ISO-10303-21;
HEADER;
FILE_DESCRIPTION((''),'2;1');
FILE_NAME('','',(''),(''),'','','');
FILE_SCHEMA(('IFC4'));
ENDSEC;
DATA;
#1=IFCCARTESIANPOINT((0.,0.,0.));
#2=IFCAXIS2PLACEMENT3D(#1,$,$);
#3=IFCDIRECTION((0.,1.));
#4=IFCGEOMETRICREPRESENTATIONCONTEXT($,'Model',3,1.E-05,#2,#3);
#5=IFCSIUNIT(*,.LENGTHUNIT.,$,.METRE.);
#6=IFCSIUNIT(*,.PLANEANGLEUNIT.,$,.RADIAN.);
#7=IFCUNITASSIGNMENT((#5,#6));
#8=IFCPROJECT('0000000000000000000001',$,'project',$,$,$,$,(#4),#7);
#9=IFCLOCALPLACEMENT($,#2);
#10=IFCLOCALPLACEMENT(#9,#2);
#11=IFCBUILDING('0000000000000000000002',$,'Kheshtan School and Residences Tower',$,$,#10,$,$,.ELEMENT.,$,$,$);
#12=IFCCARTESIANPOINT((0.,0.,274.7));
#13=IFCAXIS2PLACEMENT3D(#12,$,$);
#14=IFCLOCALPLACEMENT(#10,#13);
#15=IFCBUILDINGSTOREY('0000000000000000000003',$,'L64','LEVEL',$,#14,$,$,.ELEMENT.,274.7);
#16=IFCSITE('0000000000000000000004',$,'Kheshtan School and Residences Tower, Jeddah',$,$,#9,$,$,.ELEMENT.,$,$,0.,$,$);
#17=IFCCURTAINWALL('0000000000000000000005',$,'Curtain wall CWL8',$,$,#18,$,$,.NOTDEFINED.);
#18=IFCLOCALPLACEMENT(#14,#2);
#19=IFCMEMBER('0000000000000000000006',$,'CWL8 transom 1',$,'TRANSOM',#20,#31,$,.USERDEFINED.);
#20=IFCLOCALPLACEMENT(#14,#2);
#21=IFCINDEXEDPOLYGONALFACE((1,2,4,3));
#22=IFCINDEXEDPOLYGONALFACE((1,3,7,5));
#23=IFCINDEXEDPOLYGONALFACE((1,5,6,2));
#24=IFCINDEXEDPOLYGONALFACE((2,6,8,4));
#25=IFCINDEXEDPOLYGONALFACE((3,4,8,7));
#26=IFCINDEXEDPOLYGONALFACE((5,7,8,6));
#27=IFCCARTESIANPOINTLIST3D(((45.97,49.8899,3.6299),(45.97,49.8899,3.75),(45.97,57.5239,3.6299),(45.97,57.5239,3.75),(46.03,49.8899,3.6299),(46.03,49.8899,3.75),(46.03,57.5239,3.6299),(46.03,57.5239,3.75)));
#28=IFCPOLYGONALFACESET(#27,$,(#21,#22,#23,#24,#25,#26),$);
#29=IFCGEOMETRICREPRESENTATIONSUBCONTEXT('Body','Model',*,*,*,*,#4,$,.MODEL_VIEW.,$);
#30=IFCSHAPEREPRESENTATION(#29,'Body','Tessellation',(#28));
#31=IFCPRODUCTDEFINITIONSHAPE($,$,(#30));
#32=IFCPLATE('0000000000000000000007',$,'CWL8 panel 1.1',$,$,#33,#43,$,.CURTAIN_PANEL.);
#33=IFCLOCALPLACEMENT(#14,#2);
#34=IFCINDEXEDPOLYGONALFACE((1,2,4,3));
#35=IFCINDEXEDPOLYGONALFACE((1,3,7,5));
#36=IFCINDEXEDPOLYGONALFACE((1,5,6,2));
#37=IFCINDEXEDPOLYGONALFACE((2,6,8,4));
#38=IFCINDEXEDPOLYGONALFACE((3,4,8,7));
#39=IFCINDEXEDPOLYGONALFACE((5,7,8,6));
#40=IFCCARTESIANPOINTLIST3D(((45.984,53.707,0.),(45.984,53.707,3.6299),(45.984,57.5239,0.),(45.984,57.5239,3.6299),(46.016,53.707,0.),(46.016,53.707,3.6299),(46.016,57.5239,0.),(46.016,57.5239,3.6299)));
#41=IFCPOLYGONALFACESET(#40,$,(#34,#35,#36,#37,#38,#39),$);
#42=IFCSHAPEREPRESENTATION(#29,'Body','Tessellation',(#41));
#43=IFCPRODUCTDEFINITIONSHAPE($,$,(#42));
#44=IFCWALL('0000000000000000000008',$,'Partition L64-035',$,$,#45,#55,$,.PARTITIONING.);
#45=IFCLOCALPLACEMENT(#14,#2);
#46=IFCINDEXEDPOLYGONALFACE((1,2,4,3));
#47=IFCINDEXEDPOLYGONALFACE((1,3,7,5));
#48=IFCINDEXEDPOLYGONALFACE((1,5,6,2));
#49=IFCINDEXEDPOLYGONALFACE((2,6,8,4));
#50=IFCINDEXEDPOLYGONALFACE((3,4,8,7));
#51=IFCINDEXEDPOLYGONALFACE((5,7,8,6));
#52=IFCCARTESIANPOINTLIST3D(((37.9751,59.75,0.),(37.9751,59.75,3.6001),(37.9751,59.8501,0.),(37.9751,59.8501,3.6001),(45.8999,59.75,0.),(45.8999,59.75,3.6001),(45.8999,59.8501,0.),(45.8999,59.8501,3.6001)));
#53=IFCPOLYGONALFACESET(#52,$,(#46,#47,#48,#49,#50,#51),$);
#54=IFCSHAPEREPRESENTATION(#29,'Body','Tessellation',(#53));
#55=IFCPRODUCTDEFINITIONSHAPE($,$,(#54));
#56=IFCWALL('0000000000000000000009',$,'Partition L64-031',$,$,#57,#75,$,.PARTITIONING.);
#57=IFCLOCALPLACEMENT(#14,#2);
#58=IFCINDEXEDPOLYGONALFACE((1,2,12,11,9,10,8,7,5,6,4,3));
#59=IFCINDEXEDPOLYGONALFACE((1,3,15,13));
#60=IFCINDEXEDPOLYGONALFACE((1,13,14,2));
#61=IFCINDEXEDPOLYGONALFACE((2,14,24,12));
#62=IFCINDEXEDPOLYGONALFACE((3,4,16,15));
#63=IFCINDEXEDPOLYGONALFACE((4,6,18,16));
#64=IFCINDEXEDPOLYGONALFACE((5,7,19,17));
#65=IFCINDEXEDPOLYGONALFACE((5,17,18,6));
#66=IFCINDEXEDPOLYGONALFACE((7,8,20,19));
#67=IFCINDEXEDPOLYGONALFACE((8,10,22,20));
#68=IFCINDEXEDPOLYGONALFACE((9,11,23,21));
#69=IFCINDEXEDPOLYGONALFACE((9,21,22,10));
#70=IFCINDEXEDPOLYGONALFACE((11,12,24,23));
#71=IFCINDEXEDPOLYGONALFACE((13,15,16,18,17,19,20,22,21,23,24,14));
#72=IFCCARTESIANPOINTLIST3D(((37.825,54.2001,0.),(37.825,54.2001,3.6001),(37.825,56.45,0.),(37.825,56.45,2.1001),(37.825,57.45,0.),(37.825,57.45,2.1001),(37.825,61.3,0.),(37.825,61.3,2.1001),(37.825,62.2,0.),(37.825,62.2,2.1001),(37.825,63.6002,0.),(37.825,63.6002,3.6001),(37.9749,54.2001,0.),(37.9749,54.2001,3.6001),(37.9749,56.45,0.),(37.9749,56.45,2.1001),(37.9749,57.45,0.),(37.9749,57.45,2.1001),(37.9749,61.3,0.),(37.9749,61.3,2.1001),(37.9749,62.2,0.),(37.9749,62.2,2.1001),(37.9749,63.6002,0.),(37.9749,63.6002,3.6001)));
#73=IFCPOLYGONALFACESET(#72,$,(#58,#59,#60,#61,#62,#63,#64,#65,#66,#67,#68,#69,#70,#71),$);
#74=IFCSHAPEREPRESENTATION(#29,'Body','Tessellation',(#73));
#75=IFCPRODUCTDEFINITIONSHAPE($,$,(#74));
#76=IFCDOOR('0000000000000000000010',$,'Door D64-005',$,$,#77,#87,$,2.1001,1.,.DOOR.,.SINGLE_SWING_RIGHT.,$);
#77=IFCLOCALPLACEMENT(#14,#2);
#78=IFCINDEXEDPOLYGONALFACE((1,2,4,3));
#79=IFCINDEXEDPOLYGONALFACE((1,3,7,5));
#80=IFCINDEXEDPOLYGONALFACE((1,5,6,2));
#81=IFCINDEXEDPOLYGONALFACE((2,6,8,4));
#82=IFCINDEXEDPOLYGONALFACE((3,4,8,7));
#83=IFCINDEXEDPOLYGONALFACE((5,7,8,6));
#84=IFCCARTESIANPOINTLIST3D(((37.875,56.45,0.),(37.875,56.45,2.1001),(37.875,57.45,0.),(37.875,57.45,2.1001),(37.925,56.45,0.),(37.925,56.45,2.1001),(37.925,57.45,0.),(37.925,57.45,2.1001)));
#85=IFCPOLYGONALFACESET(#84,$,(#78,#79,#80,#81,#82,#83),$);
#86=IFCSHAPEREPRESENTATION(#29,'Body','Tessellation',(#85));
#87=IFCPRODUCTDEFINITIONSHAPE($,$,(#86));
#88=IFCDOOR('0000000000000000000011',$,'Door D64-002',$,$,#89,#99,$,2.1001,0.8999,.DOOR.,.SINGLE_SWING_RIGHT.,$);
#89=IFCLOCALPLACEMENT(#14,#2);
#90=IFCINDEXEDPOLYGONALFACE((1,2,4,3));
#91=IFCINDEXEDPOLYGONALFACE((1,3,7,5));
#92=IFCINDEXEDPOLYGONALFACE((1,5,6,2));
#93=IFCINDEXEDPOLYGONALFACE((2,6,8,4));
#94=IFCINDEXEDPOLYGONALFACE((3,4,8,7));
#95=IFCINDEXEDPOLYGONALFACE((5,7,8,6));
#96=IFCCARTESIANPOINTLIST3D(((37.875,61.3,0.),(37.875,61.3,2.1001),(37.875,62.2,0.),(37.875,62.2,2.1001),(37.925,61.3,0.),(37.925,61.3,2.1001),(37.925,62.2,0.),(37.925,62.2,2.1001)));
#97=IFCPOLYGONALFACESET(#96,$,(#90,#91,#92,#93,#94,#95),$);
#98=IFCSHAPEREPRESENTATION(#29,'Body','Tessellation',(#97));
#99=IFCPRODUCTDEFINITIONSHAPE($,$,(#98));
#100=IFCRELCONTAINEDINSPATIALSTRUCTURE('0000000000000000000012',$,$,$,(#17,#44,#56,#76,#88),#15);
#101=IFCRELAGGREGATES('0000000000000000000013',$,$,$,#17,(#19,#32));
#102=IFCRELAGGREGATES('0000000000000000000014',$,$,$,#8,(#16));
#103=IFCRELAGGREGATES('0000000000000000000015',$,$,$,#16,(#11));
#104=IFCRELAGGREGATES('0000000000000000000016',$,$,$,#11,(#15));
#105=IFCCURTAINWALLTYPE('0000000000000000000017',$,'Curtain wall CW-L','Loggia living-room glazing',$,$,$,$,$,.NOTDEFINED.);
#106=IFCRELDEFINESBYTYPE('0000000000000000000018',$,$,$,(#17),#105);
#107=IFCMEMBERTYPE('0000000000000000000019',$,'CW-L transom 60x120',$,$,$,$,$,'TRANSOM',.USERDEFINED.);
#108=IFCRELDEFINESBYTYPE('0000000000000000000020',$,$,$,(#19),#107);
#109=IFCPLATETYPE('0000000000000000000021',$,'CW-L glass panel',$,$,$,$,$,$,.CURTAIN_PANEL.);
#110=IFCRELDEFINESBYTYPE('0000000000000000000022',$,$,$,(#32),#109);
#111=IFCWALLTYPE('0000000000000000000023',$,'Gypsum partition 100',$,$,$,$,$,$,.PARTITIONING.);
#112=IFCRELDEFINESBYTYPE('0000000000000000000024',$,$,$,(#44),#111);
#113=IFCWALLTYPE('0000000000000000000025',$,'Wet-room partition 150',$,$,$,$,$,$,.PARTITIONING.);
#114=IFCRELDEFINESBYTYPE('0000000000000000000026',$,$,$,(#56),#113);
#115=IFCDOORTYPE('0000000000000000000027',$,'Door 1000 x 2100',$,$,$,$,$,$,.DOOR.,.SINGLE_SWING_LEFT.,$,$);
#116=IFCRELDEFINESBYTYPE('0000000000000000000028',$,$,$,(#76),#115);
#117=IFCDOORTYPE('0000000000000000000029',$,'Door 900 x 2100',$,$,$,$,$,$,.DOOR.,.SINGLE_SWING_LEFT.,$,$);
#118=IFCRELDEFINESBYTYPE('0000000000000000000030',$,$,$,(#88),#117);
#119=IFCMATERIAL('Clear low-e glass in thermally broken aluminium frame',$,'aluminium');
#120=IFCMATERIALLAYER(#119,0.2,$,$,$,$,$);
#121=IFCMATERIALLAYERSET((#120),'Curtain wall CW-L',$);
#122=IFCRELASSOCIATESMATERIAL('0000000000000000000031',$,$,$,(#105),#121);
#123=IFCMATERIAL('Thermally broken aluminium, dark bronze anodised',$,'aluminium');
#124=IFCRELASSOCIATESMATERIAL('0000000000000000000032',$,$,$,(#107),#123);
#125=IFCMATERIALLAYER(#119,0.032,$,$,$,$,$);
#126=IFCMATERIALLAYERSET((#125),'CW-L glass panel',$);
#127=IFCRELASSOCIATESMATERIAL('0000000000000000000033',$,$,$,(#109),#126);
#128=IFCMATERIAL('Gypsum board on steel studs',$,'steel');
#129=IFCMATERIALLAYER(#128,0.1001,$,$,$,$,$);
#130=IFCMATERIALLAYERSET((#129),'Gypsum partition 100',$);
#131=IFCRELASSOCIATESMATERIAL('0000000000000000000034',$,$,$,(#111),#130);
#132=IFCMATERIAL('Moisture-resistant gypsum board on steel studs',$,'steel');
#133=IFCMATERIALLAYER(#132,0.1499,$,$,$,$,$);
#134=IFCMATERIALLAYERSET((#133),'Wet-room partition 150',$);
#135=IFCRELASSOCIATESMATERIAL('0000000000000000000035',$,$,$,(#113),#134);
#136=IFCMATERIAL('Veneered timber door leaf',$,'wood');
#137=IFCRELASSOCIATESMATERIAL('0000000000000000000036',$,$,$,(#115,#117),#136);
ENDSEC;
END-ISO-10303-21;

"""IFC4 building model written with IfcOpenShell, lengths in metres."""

from ifc_helpers import new_model, si_unit, direction, frame, frame_2d, origin, origin_2d, place, context, subcontext, project, spatial, rectangle, extrude, source, transform, mapped, material, layer, layer_set, material_profile, profile_set, type_object, element, fill, aggregate, save


model = new_model("IFC4")

# Units and contexts
model_context = context("Model", 3, precision=1e-05, world=origin(), true_north=direction((0.0, 1.0)))
body_context = subcontext(model_context, "Body", "Model", "MODEL_VIEW")
ifc_project = project(units=[si_unit("LENGTHUNIT", "METRE"), si_unit("PLANEANGLEUNIT", "RADIAN")], contexts=[model_context])

# Site, building, storey
site_placement = place(None, origin())
site = spatial("IfcSite", under=ifc_project, at=site_placement, Name="Kheshtan School and Residences Tower, Jeddah", CompositionType="ELEMENT", RefElevation=0.0)
building_placement = place(site_placement, origin())
building = spatial("IfcBuilding", under=site, at=building_placement, Name="Kheshtan School and Residences Tower", CompositionType="ELEMENT")
storey_placement = place(building_placement, frame((0.0, 0.0, 274.7)))
storey = spatial("IfcBuildingStorey", under=building, at=storey_placement, Name="L64", Description="LEVEL", CompositionType="ELEMENT", Elevation=274.7)

# Curtain wall, member, plate
ifc_material_1 = material(Name="Clear low-e glass in thermally broken aluminium frame", Category="aluminium")
ifc_layer_1 = layer(ifc_material_1, 0.2)
ifc_layer_set_1 = layer_set([ifc_layer_1], Name="Curtain wall CW-L")
curtain_wall_type = type_object("IfcCurtainWallType", Name="Curtain wall CW-L", Description="Loggia living-room glazing", PredefinedType="NOTDEFINED", material=ifc_layer_set_1)
curtain_wall_placement = place(storey_placement, origin())
curtain_wall = element("IfcCurtainWall", 1, at=curtain_wall_placement, inside=storey, type_object=curtain_wall_type, Name="Curtain wall CWL8", PredefinedType="NOTDEFINED")
ifc_material_2 = material(Name="Thermally broken aluminium, dark bronze anodised", Category="aluminium")
ifc_material_profile = material_profile(ifc_material_2, rectangle(XDim=0.0601, YDim=0.1201, at=origin_2d()), Name="CW-L transom 60x120")
ifc_profile_set = profile_set([ifc_material_profile], Name="Thermally broken aluminium, dark bronze anodised")
member_type = type_object("IfcMemberType", Name="CW-L transom 60x120", ElementType="TRANSOM", PredefinedType="USERDEFINED", material=ifc_profile_set)
member_placement = place(storey_placement, frame((46.0, 57.5239, 3.6899), z_axis=(0.0, -1.0, 0.0), x_axis=(1.0, 0.0, 0.0)))
member = element("IfcMember", 2, at=member_placement, type_object=member_type, Name="CWL8 transom 1", ObjectType="TRANSOM", PredefinedType="USERDEFINED", context=body_context, shape_type="SweptSolid", body=[
    extrude(rectangle(XDim=0.0601, YDim=0.1201, at=origin_2d()), origin(), (0.0, 0.0, 1.0), 7.634),
])
ifc_layer_2 = layer(ifc_material_1, 0.032)
ifc_layer_set_2 = layer_set([ifc_layer_2], Name="CW-L glass panel")
plate_type = type_object("IfcPlateType", Name="CW-L glass panel", PredefinedType="CURTAIN_PANEL", material=ifc_layer_set_2)
plate_placement = place(storey_placement, frame((46.0, 55.6155, 0.0), z_axis=(0.0, 0.0, 1.0), x_axis=(0.0, -1.0, 0.0)))
plate = element("IfcPlate", 3, at=plate_placement, type_object=plate_type, Name="CWL8 panel 1.1", PredefinedType="CURTAIN_PANEL", context=body_context, shape_type="SweptSolid", body=[
    extrude(rectangle(XDim=3.8169, YDim=0.032, at=origin_2d()), origin(), (0.0, 0.0, 1.0), 3.6299),
])
aggregate(curtain_wall, [member, plate])

# Wall
ifc_material_3 = material(Name="Gypsum board on steel studs", Category="steel")
ifc_layer_3 = layer(ifc_material_3, 0.1001)
ifc_layer_set_3 = layer_set([ifc_layer_3], Name="Gypsum partition 100")
wall_type_1 = type_object("IfcWallType", Name="Gypsum partition 100", PredefinedType="PARTITIONING", material=ifc_layer_set_3)
wall_1_placement = place(storey_placement, frame((37.9751, 59.8, 0.0), z_axis=(0.0, 0.0, 1.0), x_axis=(1.0, 0.0, 0.0)))
element("IfcWall", 4, at=wall_1_placement, inside=storey, type_object=wall_type_1, Name="Partition L64-035", PredefinedType="PARTITIONING", context=body_context, shape_type="SweptSolid", body=[
    extrude(rectangle(XDim=7.9248, YDim=0.1001, at=frame_2d((3.9624, 0.0))), origin(), (0.0, 0.0, 1.0), 3.6001),
])

# Wall, openings, doors
ifc_material_4 = material(Name="Moisture-resistant gypsum board on steel studs", Category="steel")
ifc_layer_4 = layer(ifc_material_4, 0.1499)
ifc_layer_set_4 = layer_set([ifc_layer_4], Name="Wet-room partition 150")
wall_type_2 = type_object("IfcWallType", Name="Wet-room partition 150", PredefinedType="PARTITIONING", material=ifc_layer_set_4)
wall_2_placement = place(storey_placement, frame((37.8999, 54.2, 0.0), z_axis=(0.0, 0.0, 1.0), x_axis=(0.0, 1.0, 0.0)))
wall_2 = element("IfcWall", 5, at=wall_2_placement, inside=storey, type_object=wall_type_2, Name="Partition L64-031", PredefinedType="PARTITIONING", context=body_context, shape_type="SweptSolid", body=[
    extrude(rectangle(XDim=9.4001, YDim=0.1499, at=frame_2d((4.7002, 0.0))), origin(), (0.0, 0.0, 1.0), 3.6001),
])
opening_1_placement = place(wall_2_placement, frame((7.1001, 0.0, 0.0)))
opening_1 = element("IfcOpeningElement", 6, at=opening_1_placement, cuts=wall_2, PredefinedType="OPENING", context=body_context, shape_type="SweptSolid", body=[
    extrude(rectangle(XDim=0.8999, YDim=2.1001, at=frame_2d((0.45, 1.05))), frame((0.0, 0.085, 0.0), z_axis=(0.0, -1.0, 0.0), x_axis=(1.0, 0.0, 0.0)), (0.0, 0.0, 1.0), 0.1699),
])
opening_2_placement = place(wall_2_placement, frame((2.25, 0.0, 0.0)))
opening_2 = element("IfcOpeningElement", 7, at=opening_2_placement, cuts=wall_2, PredefinedType="OPENING", context=body_context, shape_type="SweptSolid", body=[
    extrude(rectangle(XDim=1.0, YDim=2.1001, at=frame_2d((0.5, 1.05))), frame((0.0, 0.085, 0.0), z_axis=(0.0, -1.0, 0.0), x_axis=(1.0, 0.0, 0.0)), (0.0, 0.0, 1.0), 0.1699),
])
ifc_material_5 = material(Name="Veneered timber door leaf", Category="wood")
door_type_1 = type_object("IfcDoorType", Name="Door 1000 x 2100", OperationType="SINGLE_SWING_LEFT", PredefinedType="DOOR", material=ifc_material_5)
shared_shape_1 = source(origin(), body_context, "Body", "SweptSolid", [
    extrude(rectangle(XDim=1.0, YDim=2.1001, at=frame_2d((0.5, 1.05))), frame((0.0, 0.0249, 0.0), z_axis=(0.0, -1.0, 0.0), x_axis=(1.0, 0.0, 0.0)), (0.0, 0.0, 1.0), 0.05),
])
door_1_placement = place(opening_2_placement, origin())
door_1 = element("IfcDoor", 8, at=door_1_placement, inside=storey, type_object=door_type_1, Name="Door D64-005", OperationType="SINGLE_SWING_RIGHT", OverallHeight=2.1001, OverallWidth=1.0, PredefinedType="DOOR", context=body_context, shape_type="MappedRepresentation", body=[
    mapped(shared_shape_1, transform((0.0, 0.0, 0.0), x_axis=(1.0, 0.0, 0.0), y_axis=(0.0, 1.0, 0.0), z_axis=(0.0, 0.0, 1.0), scale=1.0)),
])
fill(opening_2, door_1)
door_type_2 = type_object("IfcDoorType", Name="Door 900 x 2100", OperationType="SINGLE_SWING_LEFT", PredefinedType="DOOR", material=ifc_material_5)
shared_shape_2 = source(origin(), body_context, "Body", "SweptSolid", [
    extrude(rectangle(XDim=0.8999, YDim=2.1001, at=frame_2d((0.45, 1.05))), frame((0.0, 0.0249, 0.0), z_axis=(0.0, -1.0, 0.0), x_axis=(1.0, 0.0, 0.0)), (0.0, 0.0, 1.0), 0.05),
])
door_2_placement = place(opening_1_placement, origin())
door_2 = element("IfcDoor", 9, at=door_2_placement, inside=storey, type_object=door_type_2, Name="Door D64-002", OperationType="SINGLE_SWING_RIGHT", OverallHeight=2.1001, OverallWidth=0.8999, PredefinedType="DOOR", context=body_context, shape_type="MappedRepresentation", body=[
    mapped(shared_shape_2, transform((0.0, 0.0, 0.0), x_axis=(1.0, 0.0, 0.0), y_axis=(0.0, 1.0, 0.0), z_axis=(0.0, 0.0, 1.0), scale=1.0)),
])
fill(opening_1, door_2)

save(model, "model.ifc")
